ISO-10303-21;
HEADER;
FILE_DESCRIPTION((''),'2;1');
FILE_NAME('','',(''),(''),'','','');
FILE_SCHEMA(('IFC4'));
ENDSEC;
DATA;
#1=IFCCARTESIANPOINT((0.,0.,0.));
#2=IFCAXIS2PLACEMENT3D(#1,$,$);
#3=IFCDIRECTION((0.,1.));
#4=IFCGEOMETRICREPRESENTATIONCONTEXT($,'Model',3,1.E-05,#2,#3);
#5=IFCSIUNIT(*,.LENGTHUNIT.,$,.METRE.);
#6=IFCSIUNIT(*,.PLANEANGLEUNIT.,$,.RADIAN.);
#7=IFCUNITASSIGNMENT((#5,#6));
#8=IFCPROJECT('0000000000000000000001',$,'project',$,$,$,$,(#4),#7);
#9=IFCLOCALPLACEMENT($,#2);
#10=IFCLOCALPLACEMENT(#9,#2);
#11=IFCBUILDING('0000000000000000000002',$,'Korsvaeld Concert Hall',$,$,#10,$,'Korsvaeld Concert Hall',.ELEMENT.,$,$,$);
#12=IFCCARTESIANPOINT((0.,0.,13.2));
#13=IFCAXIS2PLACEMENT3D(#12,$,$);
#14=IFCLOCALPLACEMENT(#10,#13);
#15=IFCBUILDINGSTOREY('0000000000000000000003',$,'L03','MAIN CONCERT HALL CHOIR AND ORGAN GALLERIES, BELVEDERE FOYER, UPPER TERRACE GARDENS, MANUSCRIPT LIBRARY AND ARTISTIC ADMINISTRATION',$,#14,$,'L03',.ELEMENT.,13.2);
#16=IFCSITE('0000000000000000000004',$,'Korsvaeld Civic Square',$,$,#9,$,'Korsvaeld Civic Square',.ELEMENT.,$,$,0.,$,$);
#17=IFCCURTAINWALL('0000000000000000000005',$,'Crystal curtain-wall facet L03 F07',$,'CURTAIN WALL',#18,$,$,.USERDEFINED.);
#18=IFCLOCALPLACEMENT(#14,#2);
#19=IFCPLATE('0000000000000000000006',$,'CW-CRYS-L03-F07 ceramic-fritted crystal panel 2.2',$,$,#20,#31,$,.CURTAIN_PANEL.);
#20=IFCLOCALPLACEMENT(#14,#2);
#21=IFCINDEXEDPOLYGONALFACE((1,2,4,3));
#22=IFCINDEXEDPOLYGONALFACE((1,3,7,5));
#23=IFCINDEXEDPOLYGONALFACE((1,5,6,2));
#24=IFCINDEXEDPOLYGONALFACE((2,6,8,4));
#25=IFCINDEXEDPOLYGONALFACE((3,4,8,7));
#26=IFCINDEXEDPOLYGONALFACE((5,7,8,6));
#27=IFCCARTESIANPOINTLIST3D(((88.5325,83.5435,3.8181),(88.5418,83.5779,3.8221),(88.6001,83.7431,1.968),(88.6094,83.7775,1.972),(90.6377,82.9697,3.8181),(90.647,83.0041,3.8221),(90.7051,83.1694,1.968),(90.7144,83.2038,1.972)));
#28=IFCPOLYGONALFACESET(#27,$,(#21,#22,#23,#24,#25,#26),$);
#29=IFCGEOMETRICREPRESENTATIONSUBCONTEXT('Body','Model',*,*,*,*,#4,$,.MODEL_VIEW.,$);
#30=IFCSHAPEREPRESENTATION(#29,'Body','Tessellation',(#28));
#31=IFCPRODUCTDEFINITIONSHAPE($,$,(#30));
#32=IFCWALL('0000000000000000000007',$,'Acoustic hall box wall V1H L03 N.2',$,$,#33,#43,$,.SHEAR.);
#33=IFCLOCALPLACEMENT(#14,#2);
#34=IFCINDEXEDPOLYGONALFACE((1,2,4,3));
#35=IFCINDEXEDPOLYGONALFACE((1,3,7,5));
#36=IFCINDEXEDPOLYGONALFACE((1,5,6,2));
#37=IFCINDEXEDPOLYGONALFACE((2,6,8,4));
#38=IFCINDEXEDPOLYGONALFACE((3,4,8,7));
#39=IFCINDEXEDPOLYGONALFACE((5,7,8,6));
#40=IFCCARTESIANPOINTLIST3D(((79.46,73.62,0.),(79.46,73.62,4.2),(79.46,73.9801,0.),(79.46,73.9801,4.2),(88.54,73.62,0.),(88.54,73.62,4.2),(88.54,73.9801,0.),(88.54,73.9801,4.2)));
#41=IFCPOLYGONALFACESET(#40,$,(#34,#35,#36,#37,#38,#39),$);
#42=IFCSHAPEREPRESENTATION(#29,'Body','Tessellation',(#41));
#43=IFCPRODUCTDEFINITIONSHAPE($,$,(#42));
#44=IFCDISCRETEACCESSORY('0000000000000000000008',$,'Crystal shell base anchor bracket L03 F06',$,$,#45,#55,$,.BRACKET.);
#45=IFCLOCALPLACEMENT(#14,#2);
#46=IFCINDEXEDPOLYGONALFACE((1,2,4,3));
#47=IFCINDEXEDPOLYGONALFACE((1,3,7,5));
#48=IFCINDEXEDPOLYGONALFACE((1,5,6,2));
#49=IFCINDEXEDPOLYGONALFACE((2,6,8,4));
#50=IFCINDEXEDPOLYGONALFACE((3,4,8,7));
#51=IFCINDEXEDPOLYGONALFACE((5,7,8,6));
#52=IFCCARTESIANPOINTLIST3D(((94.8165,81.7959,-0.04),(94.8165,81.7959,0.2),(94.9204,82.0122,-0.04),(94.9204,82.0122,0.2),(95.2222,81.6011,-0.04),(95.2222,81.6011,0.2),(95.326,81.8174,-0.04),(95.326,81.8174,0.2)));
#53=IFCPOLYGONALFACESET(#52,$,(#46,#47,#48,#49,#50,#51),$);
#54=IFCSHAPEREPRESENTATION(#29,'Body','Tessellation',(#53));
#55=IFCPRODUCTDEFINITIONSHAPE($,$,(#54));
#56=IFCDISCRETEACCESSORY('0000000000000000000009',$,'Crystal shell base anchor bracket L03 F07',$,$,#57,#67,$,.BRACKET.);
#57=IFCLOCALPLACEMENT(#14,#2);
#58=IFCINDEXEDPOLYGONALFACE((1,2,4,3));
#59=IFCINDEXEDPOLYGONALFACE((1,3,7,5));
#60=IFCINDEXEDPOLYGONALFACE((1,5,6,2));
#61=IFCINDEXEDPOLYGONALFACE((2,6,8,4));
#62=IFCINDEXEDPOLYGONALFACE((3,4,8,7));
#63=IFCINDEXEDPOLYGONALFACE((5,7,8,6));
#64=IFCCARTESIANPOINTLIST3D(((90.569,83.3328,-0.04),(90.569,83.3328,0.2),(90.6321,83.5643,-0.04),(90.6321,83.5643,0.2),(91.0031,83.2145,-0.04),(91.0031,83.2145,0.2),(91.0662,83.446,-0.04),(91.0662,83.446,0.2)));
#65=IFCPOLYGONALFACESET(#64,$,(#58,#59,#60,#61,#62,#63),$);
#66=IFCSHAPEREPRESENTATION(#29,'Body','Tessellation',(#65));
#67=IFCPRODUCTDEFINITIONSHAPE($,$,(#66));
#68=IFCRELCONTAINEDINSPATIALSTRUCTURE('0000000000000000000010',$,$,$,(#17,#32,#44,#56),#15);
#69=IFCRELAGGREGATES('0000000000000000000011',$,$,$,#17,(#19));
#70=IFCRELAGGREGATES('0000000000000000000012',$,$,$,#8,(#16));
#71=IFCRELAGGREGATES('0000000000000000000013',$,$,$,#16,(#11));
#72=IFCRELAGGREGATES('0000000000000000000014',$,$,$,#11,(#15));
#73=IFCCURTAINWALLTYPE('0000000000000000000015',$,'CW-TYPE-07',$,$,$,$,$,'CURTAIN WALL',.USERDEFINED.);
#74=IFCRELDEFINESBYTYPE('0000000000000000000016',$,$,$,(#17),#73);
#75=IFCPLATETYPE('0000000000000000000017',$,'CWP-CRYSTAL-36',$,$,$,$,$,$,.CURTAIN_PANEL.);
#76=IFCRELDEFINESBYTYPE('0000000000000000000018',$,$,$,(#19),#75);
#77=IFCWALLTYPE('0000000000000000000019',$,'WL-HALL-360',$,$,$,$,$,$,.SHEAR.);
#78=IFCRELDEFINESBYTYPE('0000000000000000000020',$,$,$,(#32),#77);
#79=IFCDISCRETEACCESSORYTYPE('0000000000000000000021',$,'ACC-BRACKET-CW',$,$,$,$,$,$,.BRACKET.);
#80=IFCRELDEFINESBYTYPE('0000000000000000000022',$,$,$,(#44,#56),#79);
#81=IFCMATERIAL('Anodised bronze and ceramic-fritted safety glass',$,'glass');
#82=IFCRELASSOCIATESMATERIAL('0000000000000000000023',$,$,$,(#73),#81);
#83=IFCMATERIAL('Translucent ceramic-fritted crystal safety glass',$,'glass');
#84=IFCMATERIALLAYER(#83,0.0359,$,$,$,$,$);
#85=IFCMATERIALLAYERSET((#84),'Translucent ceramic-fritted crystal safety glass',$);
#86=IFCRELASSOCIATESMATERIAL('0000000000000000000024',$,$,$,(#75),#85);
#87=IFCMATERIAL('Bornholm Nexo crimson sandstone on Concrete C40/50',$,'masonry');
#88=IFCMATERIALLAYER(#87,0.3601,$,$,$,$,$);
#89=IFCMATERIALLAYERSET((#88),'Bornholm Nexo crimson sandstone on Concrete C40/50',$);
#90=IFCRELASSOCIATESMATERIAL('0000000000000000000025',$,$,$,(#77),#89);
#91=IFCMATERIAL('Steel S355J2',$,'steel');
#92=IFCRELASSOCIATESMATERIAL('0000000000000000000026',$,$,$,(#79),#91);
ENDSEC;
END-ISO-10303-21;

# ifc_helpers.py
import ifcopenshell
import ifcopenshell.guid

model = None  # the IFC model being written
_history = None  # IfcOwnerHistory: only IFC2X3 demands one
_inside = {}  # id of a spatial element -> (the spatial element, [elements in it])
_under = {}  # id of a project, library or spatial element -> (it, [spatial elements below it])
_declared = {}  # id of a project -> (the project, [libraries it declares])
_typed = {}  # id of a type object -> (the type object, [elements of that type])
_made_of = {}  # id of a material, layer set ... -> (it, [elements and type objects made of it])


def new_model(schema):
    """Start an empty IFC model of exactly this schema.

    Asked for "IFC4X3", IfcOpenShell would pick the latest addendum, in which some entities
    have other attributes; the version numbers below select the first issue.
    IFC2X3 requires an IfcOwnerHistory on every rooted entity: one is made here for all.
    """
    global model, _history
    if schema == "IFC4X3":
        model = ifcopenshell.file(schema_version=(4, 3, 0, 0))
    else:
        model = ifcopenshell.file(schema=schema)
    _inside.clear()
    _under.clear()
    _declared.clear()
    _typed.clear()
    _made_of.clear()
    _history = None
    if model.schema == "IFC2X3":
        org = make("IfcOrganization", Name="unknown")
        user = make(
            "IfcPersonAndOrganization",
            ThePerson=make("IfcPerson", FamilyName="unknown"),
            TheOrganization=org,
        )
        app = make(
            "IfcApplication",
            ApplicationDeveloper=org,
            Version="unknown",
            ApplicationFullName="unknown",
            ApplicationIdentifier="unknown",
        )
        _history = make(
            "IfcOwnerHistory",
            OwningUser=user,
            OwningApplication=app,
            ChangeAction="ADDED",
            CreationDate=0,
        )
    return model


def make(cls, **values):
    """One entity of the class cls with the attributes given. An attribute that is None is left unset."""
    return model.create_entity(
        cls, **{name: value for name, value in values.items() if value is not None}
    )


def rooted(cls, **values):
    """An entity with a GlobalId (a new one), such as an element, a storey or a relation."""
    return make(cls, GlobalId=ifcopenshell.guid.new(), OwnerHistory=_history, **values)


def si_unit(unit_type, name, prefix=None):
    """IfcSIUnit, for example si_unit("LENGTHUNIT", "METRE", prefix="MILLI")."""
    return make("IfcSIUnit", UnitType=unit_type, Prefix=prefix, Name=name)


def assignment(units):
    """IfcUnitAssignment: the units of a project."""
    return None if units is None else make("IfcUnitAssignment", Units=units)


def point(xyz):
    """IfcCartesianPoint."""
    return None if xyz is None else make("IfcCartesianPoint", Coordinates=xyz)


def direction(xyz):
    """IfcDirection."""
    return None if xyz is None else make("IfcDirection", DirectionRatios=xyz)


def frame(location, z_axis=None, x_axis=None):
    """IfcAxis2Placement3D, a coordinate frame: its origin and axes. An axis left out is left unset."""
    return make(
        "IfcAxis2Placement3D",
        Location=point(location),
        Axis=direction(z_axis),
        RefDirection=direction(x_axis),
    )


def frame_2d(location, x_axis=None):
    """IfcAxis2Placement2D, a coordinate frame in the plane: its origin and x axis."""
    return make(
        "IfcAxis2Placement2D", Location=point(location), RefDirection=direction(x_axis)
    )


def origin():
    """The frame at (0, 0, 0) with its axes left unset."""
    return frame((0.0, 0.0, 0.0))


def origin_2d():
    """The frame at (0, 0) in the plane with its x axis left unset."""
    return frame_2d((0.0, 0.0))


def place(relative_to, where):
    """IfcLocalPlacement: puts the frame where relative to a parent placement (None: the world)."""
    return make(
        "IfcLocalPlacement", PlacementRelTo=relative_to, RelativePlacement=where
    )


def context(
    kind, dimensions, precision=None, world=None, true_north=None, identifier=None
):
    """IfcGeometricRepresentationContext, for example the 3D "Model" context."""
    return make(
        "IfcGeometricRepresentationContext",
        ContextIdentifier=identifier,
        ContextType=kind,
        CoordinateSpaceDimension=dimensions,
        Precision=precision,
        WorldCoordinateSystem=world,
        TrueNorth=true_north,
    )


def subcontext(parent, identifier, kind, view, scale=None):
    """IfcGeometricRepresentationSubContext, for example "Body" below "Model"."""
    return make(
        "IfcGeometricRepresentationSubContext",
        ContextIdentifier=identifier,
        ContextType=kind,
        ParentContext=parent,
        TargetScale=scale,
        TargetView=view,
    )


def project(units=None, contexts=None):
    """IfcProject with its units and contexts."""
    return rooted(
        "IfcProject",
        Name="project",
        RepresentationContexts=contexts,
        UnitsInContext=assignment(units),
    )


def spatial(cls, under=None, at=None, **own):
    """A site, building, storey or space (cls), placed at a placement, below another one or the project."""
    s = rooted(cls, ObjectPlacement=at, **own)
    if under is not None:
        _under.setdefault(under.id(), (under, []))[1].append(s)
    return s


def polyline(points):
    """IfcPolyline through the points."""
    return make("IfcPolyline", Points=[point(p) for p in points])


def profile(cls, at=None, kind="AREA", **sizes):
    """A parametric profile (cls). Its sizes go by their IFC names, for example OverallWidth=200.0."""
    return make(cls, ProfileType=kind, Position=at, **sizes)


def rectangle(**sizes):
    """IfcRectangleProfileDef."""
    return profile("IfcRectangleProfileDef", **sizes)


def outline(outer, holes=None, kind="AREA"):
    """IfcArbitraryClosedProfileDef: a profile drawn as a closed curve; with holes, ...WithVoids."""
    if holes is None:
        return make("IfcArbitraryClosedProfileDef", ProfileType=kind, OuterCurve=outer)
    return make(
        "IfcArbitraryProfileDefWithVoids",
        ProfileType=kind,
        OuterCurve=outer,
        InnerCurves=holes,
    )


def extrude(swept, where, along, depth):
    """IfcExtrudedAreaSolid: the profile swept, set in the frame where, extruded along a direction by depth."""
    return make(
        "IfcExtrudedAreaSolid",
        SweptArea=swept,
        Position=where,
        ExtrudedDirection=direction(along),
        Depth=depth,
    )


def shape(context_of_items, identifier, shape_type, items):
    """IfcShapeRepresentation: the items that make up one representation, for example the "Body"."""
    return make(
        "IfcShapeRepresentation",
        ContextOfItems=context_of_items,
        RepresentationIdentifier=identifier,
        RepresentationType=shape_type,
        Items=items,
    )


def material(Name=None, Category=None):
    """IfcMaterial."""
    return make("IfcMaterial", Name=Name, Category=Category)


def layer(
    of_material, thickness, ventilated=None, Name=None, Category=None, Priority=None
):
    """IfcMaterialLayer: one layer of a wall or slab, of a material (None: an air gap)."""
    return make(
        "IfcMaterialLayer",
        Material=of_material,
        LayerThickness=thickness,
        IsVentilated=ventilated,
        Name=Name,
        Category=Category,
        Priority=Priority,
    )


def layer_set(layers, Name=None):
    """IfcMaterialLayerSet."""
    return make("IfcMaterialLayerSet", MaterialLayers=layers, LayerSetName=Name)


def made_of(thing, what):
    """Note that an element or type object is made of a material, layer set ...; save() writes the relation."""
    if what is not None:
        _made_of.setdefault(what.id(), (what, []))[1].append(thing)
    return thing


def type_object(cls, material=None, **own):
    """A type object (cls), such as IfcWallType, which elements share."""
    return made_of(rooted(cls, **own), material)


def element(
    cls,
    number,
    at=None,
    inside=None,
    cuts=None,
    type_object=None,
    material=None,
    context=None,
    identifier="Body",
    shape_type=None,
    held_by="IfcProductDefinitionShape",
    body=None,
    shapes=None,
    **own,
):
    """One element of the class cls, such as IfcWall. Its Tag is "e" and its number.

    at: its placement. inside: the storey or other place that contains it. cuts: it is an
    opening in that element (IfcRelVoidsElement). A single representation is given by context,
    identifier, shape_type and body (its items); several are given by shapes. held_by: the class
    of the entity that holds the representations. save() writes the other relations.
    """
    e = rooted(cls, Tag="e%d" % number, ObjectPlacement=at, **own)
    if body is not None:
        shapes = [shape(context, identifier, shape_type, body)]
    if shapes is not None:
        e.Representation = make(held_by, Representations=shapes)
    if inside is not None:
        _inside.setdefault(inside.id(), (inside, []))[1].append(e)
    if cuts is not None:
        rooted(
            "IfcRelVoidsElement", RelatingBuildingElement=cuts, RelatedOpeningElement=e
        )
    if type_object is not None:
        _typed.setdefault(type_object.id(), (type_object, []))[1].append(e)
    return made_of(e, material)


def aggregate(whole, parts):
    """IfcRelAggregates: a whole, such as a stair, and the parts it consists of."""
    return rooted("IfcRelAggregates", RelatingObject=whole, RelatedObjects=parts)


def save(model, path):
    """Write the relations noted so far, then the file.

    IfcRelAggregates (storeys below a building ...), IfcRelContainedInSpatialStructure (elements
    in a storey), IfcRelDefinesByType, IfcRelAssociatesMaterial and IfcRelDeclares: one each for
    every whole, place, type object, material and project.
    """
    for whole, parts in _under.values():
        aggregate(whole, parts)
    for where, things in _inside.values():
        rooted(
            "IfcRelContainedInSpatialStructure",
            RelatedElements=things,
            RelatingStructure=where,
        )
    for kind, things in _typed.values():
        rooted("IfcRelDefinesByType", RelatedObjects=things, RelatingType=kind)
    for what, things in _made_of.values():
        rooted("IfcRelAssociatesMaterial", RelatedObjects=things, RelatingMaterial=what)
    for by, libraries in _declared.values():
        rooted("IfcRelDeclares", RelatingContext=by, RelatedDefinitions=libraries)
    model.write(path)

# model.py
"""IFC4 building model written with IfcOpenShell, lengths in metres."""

from ifc_helpers import new_model, si_unit, direction, frame, frame_2d, origin, origin_2d, place, context, subcontext, project, spatial, polyline, rectangle, outline, extrude, material, layer, layer_set, type_object, element, aggregate, save


model = new_model("IFC4")

# Units and contexts
model_context = context("Model", 3, precision=1e-05, world=origin(), true_north=direction((0.0, 1.0)))
body_context = subcontext(model_context, "Body", "Model", "MODEL_VIEW")
ifc_project = project(units=[si_unit("LENGTHUNIT", "METRE"), si_unit("PLANEANGLEUNIT", "RADIAN")], contexts=[model_context])

# Site, building, storey
site_placement = place(None, origin())
site = spatial("IfcSite", under=ifc_project, at=site_placement, Name="Korsvaeld Civic Square", LongName="Korsvaeld Civic Square", CompositionType="ELEMENT", RefElevation=0.0)
building_placement = place(site_placement, origin())
building = spatial("IfcBuilding", under=site, at=building_placement, Name="Korsvaeld Concert Hall", LongName="Korsvaeld Concert Hall", CompositionType="ELEMENT")
storey_placement = place(building_placement, frame((0.0, 0.0, 13.2)))
storey = spatial("IfcBuildingStorey", under=building, at=storey_placement, Name="L03", Description="MAIN CONCERT HALL CHOIR AND ORGAN GALLERIES, BELVEDERE FOYER, UPPER TERRACE GARDENS, MANUSCRIPT LIBRARY AND ARTISTIC ADMINISTRATION", LongName="L03", CompositionType="ELEMENT", Elevation=13.2)

# Shared definitions
ifc_material_1 = material(Name="Anodised bronze and ceramic-fritted safety glass", Category="glass")

# Curtain wall
curtain_wall_type_1 = type_object("IfcCurtainWallType", Name="CW-TYPE-07", ElementType="CURTAIN WALL", PredefinedType="USERDEFINED", material=ifc_material_1)
curtain_wall_1_placement = place(storey_placement, origin())
curtain_wall_1 = element("IfcCurtainWall", 1, at=curtain_wall_1_placement, inside=storey, type_object=curtain_wall_type_1, Name="Crystal curtain-wall facet L03 F07", ObjectType="CURTAIN WALL", PredefinedType="USERDEFINED")

# Plate
ifc_material_2 = material(Name="Translucent ceramic-fritted crystal safety glass", Category="glass")
ifc_layer_1 = layer(ifc_material_2, 0.0359)
ifc_layer_set_1 = layer_set([ifc_layer_1], Name="Translucent ceramic-fritted crystal safety glass")
plate_type = type_object("IfcPlateType", Name="CWP-CRYSTAL-36", PredefinedType="CURTAIN_PANEL", material=ifc_layer_set_1)
plate_1_placement = place(storey_placement, frame((90.7097, 83.1865, 1.97), z_axis=(0.261267, 0.958628, 0.113011), x_axis=(-0.964809, 0.262952, -0.000002)))
plate_1 = element("IfcPlate", 2, at=plate_1_placement, type_object=plate_type, Name="CW-CRYS-L03-F07 ceramic-fritted crystal panel 2.2", PredefinedType="CURTAIN_PANEL", context=body_context, shape_type="SweptSolid", body=[
    extrude(outline(polyline([(0.0, 0.0), (2.1818, 0.0), (2.1945, 1.862), (0.0125, 1.862), (0.0, 0.0)])), frame((0.0, 0.0, 0.0181)), (0.0, 0.0, -1.0), 0.0359),
])
aggregate(curtain_wall_1, [plate_1])

# Wall
ifc_material_3 = material(Name="Bornholm Nexo crimson sandstone on Concrete C40/50", Category="masonry")
ifc_layer_2 = layer(ifc_material_3, 0.3601)
ifc_layer_set_2 = layer_set([ifc_layer_2], Name="Bornholm Nexo crimson sandstone on Concrete C40/50")
wall_type = type_object("IfcWallType", Name="WL-HALL-360", PredefinedType="SHEAR", material=ifc_layer_set_2)
wall_placement = place(storey_placement, frame((88.54, 73.8, 0.0), z_axis=(0.0, 0.0, 1.0), x_axis=(-1.0, 0.0, 0.0)))
element("IfcWall", 3, at=wall_placement, inside=storey, type_object=wall_type, Name="Acoustic hall box wall V1H L03 N.2", PredefinedType="SHEAR", context=body_context, shape_type="SweptSolid", body=[
    extrude(rectangle(XDim=9.0801, YDim=0.3601, at=frame_2d((4.54, 0.0))), origin(), (0.0, 0.0, 1.0), 4.2),
])

# Discrete accessories
ifc_material_4 = material(Name="Steel S355J2", Category="steel")
discrete_accessory_type = type_object("IfcDiscreteAccessoryType", Name="ACC-BRACKET-CW", PredefinedType="BRACKET", material=ifc_material_4)
for number, where, z_axis, x_axis, name in (
    (4, (95.0713, 81.8066, -0.04), (0.0, 0.0, 1.0), (-0.901455, 0.432873, 0.0), "Crystal shell base anchor bracket L03 F06"),
    (5, (90.8176, 83.3894, -0.04), (0.0, 0.0, 1.0), (-0.964833, 0.262863, 0.0), "Crystal shell base anchor bracket L03 F07"),
):
    element("IfcDiscreteAccessory", number, at=place(storey_placement, frame(where, z_axis=z_axis, x_axis=x_axis)), inside=storey, type_object=discrete_accessory_type, Name=name, PredefinedType="BRACKET", context=body_context, shape_type="SweptSolid", body=[
        extrude(rectangle(XDim=0.45, YDim=0.24, at=origin_2d()), origin(), (0.0, 0.0, 1.0), 0.24),
    ])

save(model, "model.ifc")
